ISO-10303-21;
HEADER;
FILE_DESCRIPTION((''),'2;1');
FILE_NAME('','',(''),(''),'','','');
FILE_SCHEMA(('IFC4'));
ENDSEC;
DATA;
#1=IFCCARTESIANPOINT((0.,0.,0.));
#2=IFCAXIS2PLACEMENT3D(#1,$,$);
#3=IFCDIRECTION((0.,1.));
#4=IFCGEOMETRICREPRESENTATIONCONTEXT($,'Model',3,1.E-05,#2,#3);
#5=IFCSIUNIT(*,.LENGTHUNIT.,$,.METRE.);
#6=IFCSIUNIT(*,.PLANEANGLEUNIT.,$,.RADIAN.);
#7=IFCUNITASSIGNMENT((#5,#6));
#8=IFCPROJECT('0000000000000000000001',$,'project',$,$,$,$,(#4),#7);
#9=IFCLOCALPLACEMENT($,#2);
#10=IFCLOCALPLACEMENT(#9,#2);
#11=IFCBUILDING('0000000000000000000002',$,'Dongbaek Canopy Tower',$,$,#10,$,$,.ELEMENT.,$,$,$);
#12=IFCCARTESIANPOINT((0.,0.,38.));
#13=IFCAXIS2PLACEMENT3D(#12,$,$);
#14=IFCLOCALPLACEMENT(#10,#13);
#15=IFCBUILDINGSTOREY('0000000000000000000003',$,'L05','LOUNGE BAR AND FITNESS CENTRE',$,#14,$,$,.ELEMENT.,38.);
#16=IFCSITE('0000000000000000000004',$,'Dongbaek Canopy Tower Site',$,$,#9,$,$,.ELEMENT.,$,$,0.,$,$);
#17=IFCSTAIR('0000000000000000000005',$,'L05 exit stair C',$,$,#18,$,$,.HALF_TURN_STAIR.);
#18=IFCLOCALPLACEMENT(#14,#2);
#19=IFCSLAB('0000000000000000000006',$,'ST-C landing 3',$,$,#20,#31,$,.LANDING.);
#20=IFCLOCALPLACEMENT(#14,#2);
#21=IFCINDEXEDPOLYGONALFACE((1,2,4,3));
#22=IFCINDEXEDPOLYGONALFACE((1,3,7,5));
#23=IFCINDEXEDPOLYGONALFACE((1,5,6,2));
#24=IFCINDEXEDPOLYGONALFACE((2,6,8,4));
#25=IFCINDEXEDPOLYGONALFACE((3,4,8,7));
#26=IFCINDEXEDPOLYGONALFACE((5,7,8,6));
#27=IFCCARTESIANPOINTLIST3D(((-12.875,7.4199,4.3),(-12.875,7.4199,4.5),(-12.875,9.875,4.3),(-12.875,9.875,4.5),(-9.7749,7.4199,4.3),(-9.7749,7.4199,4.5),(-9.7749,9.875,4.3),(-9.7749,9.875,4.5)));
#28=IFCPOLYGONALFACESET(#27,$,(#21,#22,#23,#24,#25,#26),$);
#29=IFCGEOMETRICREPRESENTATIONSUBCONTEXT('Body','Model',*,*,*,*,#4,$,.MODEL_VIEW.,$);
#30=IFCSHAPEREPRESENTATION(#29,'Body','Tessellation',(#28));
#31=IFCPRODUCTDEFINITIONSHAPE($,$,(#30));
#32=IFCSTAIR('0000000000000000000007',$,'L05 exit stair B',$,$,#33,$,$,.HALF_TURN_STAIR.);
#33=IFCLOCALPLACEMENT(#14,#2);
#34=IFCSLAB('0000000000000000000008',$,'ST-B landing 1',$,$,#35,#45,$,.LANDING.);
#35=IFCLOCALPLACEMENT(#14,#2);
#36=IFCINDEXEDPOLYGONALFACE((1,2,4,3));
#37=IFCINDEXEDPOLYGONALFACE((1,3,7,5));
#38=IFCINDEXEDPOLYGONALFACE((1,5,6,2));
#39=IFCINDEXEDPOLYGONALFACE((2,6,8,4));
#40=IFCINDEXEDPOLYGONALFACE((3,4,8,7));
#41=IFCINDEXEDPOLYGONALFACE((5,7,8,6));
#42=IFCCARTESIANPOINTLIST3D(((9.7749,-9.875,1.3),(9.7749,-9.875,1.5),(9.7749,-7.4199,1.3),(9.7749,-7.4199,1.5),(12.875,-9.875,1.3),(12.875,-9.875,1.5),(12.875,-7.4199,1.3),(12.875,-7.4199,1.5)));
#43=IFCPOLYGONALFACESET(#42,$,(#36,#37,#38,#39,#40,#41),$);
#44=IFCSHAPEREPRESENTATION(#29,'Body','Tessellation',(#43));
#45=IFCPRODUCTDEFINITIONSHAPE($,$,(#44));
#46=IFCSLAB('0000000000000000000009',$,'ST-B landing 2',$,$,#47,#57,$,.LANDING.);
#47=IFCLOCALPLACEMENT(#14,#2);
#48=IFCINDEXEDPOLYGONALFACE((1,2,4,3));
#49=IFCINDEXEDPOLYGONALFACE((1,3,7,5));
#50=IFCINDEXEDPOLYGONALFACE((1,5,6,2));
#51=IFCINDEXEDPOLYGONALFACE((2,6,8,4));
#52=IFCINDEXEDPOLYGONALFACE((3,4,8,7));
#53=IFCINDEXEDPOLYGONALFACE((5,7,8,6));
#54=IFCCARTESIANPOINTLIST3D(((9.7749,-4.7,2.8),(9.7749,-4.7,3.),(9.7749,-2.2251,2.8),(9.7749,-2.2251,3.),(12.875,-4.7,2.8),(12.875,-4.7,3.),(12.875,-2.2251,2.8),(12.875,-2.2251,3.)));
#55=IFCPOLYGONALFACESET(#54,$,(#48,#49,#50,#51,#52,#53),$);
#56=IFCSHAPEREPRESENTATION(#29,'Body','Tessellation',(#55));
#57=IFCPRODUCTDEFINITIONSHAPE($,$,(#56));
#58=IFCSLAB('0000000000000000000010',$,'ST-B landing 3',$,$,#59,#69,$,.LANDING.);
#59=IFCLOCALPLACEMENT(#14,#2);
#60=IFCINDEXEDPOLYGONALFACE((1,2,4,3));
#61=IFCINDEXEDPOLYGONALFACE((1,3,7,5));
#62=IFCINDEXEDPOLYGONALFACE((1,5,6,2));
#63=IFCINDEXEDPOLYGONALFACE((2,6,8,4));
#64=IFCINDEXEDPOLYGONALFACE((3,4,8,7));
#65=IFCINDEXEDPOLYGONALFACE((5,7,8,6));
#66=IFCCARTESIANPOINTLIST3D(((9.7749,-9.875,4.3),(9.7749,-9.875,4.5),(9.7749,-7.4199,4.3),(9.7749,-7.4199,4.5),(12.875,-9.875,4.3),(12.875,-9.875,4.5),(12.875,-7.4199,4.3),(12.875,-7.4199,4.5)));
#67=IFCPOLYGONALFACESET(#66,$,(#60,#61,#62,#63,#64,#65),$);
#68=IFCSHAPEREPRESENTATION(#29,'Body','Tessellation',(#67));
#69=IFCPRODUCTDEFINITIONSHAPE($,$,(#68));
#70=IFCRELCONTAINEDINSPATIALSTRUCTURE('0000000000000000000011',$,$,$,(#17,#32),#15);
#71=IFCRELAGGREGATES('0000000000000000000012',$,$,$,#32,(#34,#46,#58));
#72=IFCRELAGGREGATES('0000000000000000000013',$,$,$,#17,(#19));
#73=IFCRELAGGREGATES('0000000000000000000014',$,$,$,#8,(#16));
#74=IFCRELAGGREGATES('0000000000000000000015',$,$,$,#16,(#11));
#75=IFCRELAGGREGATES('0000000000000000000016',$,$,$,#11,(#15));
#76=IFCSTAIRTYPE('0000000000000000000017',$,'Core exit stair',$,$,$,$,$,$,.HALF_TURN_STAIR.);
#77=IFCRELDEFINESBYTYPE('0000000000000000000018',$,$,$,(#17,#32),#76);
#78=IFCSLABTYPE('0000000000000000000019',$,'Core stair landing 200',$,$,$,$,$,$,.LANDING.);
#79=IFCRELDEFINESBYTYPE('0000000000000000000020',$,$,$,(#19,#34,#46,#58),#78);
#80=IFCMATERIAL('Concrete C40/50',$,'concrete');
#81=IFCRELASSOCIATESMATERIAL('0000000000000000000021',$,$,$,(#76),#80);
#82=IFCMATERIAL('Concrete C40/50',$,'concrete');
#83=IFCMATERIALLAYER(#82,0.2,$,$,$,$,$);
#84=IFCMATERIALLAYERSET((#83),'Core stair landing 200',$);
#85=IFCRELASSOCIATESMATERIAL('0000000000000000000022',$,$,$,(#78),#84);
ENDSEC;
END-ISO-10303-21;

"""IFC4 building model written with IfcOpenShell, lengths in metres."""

from ifc_helpers import new_model, si_unit, direction, frame, origin, place, context, subcontext, project, spatial, polyline, outline, extrude, material, layer, layer_set, type_object, element, aggregate, save


model = new_model("IFC4")

# Units and contexts
model_context = context("Model", 3, precision=1e-05, world=origin(), true_north=direction((0.0, 1.0)))
body_context = subcontext(model_context, "Body", "Model", "MODEL_VIEW")
ifc_project = project(units=[si_unit("LENGTHUNIT", "METRE"), si_unit("PLANEANGLEUNIT", "RADIAN")], contexts=[model_context])

# Site, building, storey
site_placement = place(None, origin())
site = spatial("IfcSite", under=ifc_project, at=site_placement, Name="Dongbaek Canopy Tower Site", CompositionType="ELEMENT", RefElevation=0.0)
building_placement = place(site_placement, origin())
building = spatial("IfcBuilding", under=site, at=building_placement, Name="Dongbaek Canopy Tower", CompositionType="ELEMENT")
storey_placement = place(building_placement, frame((0.0, 0.0, 38.0)))
storey = spatial("IfcBuildingStorey", under=building, at=storey_placement, Name="L05", Description="LOUNGE BAR AND FITNESS CENTRE", CompositionType="ELEMENT", Elevation=38.0)

# Stairs, slabs
ifc_material_1 = material(Name="Concrete C40/50", Category="concrete")
stair_type = type_object("IfcStairType", Name="Core exit stair", PredefinedType="HALF_TURN_STAIR", material=ifc_material_1)
ifc_material_2 = material(Name="Concrete C40/50", Category="concrete")
ifc_layer_1 = layer(ifc_material_2, 0.2)
ifc_layer_set_1 = layer_set([ifc_layer_1], Name="Core stair landing 200")
slab_type_1 = type_object("IfcSlabType", Name="Core stair landing 200", PredefinedType="LANDING", material=ifc_layer_set_1)
stair_1_placement = place(storey_placement, origin())
stair_1 = element("IfcStair", 1, at=stair_1_placement, inside=storey, type_object=stair_type, Name="L05 exit stair C", PredefinedType="HALF_TURN_STAIR")
slab_1_placement = place(storey_placement, frame((0.0, 0.0, 4.3)))
slab_1 = element("IfcSlab", 2, at=slab_1_placement, type_object=slab_type_1, Name="ST-C landing 3", PredefinedType="LANDING", context=body_context, shape_type="SweptSolid", body=[
    extrude(outline(polyline([(-9.7749, 7.4199), (-9.7749, 9.875), (-12.875, 9.875), (-12.875, 7.4199), (-9.7749, 7.4199)])), origin(), (0.0, 0.0, 1.0), 0.2),
])
stair_2_placement = place(storey_placement, origin())
stair_2 = element("IfcStair", 3, at=stair_2_placement, inside=storey, type_object=stair_type, Name="L05 exit stair B", PredefinedType="HALF_TURN_STAIR")
slab_2_placement = place(storey_placement, frame((0.0, 0.0, 1.3)))
slab_2 = element("IfcSlab", 4, at=slab_2_placement, type_object=slab_type_1, Name="ST-B landing 1", PredefinedType="LANDING", context=body_context, shape_type="SweptSolid", body=[
    extrude(outline(polyline([(9.7749, -7.4199), (9.7749, -9.875), (12.875, -9.875), (12.875, -7.4199), (9.7749, -7.4199)])), origin(), (0.0, 0.0, 1.0), 0.2),
])
slab_3_placement = place(storey_placement, frame((0.0, 0.0, 2.8)))
slab_3 = element("IfcSlab", 5, at=slab_3_placement, type_object=slab_type_1, Name="ST-B landing 2", PredefinedType="LANDING", context=body_context, shape_type="SweptSolid", body=[
    extrude(outline(polyline([(9.7749, -2.2251), (9.7749, -4.7), (12.875, -4.7), (12.875, -2.2251), (9.7749, -2.2251)])), origin(), (0.0, 0.0, 1.0), 0.2),
])
slab_4_placement = place(storey_placement, frame((0.0, 0.0, 4.3)))
slab_4 = element("IfcSlab", 6, at=slab_4_placement, type_object=slab_type_1, Name="ST-B landing 3", PredefinedType="LANDING", context=body_context, shape_type="SweptSolid", body=[
    extrude(outline(polyline([(9.7749, -7.4199), (9.7749, -9.875), (12.875, -9.875), (12.875, -7.4199), (9.7749, -7.4199)])), origin(), (0.0, 0.0, 1.0), 0.2),
])
aggregate(stair_2, [slab_2, slab_3, slab_4])

aggregate(stair_1, [slab_1])

save(model, "model.ifc")
